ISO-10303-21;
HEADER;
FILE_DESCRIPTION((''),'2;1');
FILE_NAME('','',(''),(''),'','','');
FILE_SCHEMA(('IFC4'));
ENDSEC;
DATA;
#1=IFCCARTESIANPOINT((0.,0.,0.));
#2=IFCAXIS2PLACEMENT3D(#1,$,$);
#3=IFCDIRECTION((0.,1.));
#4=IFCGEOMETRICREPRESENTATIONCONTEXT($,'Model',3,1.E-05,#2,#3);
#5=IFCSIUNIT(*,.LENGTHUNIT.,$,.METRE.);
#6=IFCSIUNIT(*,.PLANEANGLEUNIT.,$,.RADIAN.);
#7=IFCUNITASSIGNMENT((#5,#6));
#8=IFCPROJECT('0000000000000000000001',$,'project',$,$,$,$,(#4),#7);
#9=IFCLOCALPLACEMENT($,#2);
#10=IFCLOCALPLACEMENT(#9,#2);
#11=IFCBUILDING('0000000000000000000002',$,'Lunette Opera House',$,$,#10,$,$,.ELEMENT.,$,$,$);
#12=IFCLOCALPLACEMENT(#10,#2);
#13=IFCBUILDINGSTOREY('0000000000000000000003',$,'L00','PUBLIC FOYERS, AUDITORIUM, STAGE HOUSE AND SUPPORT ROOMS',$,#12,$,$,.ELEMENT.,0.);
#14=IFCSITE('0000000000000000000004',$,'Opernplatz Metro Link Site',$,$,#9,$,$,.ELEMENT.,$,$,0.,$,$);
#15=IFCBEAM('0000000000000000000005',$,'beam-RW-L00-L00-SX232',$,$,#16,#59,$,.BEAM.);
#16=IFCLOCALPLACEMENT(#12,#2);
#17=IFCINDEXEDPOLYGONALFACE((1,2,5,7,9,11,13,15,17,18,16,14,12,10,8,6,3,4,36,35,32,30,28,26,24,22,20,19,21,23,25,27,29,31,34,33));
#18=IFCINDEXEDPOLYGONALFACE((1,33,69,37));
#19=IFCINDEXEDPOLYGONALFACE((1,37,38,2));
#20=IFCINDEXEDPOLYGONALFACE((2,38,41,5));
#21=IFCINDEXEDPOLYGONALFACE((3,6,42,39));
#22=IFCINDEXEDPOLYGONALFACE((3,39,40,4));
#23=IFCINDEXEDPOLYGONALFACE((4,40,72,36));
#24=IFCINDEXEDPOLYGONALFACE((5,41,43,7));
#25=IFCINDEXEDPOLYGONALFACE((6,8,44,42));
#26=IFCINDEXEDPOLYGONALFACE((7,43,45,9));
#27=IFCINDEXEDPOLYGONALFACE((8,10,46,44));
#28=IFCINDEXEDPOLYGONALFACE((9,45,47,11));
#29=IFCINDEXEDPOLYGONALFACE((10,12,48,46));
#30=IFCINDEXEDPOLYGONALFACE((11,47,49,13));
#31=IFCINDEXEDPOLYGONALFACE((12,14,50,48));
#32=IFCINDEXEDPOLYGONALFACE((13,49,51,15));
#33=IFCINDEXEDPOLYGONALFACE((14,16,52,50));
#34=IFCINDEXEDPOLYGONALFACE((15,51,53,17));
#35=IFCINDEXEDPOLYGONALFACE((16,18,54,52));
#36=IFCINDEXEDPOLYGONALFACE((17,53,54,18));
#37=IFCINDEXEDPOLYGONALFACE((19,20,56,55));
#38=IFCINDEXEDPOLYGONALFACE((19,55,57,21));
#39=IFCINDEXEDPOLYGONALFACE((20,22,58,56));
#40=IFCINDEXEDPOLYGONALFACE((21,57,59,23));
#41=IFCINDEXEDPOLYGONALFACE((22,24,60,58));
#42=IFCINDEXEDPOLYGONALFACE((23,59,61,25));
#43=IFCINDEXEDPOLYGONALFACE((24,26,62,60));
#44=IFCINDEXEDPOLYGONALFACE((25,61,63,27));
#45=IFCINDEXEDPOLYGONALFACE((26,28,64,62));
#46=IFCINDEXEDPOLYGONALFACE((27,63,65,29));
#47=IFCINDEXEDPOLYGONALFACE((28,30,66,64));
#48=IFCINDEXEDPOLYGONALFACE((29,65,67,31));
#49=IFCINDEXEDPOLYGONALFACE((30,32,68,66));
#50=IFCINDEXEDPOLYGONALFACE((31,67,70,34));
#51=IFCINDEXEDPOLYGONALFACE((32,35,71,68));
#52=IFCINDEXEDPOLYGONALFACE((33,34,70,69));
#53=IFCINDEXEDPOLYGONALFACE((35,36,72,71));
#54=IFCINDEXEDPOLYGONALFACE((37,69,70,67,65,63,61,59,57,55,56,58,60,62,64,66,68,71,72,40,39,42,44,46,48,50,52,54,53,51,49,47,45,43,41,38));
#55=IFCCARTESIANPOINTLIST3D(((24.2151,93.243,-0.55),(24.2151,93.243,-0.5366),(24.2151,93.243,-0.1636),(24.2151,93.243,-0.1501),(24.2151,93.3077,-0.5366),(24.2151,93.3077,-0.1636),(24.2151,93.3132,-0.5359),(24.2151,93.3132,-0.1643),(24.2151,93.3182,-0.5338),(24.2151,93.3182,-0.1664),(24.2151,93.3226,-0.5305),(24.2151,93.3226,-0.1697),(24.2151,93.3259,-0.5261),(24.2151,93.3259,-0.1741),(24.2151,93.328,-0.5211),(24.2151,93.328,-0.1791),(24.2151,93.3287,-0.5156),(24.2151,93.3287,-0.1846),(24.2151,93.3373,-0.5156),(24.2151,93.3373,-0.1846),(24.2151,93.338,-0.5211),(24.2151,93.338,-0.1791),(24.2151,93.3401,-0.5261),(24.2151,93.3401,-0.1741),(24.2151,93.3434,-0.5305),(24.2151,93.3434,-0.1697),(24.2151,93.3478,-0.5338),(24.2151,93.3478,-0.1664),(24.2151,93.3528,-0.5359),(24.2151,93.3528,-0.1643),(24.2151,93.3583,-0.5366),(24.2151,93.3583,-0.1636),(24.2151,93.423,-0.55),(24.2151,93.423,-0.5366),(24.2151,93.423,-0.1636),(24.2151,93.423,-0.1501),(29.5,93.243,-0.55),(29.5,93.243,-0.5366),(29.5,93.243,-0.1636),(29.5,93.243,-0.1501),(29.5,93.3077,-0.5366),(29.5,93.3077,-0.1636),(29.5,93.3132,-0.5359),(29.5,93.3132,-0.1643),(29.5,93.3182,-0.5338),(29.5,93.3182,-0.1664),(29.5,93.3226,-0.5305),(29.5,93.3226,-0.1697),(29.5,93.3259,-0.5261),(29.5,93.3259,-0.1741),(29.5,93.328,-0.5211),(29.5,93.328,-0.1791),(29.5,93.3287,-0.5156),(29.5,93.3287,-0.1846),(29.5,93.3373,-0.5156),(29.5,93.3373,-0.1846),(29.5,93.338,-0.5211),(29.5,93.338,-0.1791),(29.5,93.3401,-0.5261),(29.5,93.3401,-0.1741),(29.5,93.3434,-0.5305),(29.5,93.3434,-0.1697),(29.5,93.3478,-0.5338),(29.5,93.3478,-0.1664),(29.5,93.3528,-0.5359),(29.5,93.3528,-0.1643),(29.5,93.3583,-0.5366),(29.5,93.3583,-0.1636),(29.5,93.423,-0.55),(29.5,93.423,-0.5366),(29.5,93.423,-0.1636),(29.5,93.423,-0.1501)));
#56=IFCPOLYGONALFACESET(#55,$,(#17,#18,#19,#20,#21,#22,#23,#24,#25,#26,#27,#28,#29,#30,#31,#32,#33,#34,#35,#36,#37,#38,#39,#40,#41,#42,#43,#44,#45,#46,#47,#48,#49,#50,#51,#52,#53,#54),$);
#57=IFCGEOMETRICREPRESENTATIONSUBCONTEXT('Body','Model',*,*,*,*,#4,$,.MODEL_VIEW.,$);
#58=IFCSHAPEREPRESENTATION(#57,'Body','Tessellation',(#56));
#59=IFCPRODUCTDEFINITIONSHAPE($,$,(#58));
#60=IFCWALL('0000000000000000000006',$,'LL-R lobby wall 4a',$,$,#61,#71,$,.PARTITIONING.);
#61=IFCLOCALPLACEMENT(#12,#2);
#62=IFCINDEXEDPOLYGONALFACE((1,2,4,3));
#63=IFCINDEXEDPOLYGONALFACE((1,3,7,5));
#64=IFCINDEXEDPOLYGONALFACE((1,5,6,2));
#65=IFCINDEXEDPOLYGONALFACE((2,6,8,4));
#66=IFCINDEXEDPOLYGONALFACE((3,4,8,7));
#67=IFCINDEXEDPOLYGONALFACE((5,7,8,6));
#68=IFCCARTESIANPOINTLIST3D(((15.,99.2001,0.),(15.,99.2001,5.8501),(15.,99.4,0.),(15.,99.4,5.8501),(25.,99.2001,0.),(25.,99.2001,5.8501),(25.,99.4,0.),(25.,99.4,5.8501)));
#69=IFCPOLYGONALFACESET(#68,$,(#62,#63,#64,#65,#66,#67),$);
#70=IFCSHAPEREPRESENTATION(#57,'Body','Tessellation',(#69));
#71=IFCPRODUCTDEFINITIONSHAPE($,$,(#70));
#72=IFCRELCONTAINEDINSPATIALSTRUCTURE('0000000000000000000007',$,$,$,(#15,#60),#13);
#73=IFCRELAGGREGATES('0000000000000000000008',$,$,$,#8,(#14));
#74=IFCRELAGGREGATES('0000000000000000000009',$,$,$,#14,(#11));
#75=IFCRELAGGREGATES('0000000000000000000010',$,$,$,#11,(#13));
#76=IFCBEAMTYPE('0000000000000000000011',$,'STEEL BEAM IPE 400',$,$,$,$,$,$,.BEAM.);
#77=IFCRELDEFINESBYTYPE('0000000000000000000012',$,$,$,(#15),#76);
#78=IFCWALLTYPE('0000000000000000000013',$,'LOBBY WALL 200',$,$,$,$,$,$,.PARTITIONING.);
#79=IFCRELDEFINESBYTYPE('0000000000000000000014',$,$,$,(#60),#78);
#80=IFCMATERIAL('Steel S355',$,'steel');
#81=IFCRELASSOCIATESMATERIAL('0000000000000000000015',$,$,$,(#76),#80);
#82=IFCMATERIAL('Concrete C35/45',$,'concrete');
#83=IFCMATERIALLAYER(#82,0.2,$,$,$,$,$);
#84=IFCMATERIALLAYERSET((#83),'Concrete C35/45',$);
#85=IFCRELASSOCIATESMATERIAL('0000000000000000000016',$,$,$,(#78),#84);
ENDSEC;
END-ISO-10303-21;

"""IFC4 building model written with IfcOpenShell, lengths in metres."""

from ifc_helpers import new_model, si_unit, direction, frame, frame_2d, origin, origin_2d, place, context, subcontext, project, spatial, rectangle, i_section, extrude, material, layer, layer_set, material_profile, profile_set, type_object, element, save


model = new_model("IFC4")

# Units and contexts
model_context = context("Model", 3, precision=1e-05, world=origin(), true_north=direction((0.0, 1.0)))
body_context = subcontext(model_context, "Body", "Model", "MODEL_VIEW")
ifc_project = project(units=[si_unit("LENGTHUNIT", "METRE"), si_unit("PLANEANGLEUNIT", "RADIAN")], contexts=[model_context])

# Site, building, storey
site_placement = place(None, origin())
site = spatial("IfcSite", under=ifc_project, at=site_placement, Name="Opernplatz Metro Link Site", CompositionType="ELEMENT", RefElevation=0.0)
building_placement = place(site_placement, origin())
building = spatial("IfcBuilding", under=site, at=building_placement, Name="Lunette Opera House", CompositionType="ELEMENT")
storey_placement = place(building_placement, origin())
storey = spatial("IfcBuildingStorey", under=building, at=storey_placement, Name="L00", Description="PUBLIC FOYERS, AUDITORIUM, STAGE HOUSE AND SUPPORT ROOMS", CompositionType="ELEMENT", Elevation=0.0)

# Beam
ifc_material_1 = material(Name="Steel S355", Category="steel")
ifc_material_profile_1 = material_profile(ifc_material_1, i_section(OverallWidth=0.1799, OverallDepth=0.3999, WebThickness=0.0085, FlangeThickness=0.0134, FilletRadius=0.021, at=origin_2d()), Name="IPE 400")
ifc_profile_set_1 = profile_set([ifc_material_profile_1], Name="Steel S355")
beam_type_1 = type_object("IfcBeamType", Name="STEEL BEAM IPE 400", PredefinedType="BEAM", material=ifc_profile_set_1)
for number, where, z_axis, x_axis, name in (
    (1, (24.2151, 93.333, -0.3501), (1.0, 0.0, 0.0), (0.0, 1.0, 0.0), "beam-RW-L00-L00-SX232"),
):
    element("IfcBeam", number, at=place(storey_placement, frame(where, z_axis=z_axis, x_axis=x_axis)), inside=storey, type_object=beam_type_1, Name=name, PredefinedType="BEAM", context=body_context, shape_type="SweptSolid", body=[
        extrude(i_section(OverallWidth=0.1799, OverallDepth=0.3999, WebThickness=0.0085, FlangeThickness=0.0134, FilletRadius=0.021, at=origin_2d()), origin(), (0.0, 0.0, 1.0), 5.2849),
    ])

# Wall
ifc_material_2 = material(Name="Concrete C35/45", Category="concrete")
ifc_layer = layer(ifc_material_2, 0.2)
ifc_layer_set = layer_set([ifc_layer], Name="Concrete C35/45")
wall_type = type_object("IfcWallType", Name="LOBBY WALL 200", PredefinedType="PARTITIONING", material=ifc_layer_set)
wall_placement = place(storey_placement, frame((15.0, 99.3, 0.0), z_axis=(0.0, 0.0, 1.0), x_axis=(1.0, 0.0, 0.0)))
element("IfcWall", 2, at=wall_placement, inside=storey, type_object=wall_type, Name="LL-R lobby wall 4a", PredefinedType="PARTITIONING", context=body_context, shape_type="SweptSolid", body=[
    extrude(rectangle(XDim=10.0, YDim=0.2, at=frame_2d((5.0, 0.0))), origin(), (0.0, 0.0, 1.0), 5.8501),
])

save(model, "model.ifc")
